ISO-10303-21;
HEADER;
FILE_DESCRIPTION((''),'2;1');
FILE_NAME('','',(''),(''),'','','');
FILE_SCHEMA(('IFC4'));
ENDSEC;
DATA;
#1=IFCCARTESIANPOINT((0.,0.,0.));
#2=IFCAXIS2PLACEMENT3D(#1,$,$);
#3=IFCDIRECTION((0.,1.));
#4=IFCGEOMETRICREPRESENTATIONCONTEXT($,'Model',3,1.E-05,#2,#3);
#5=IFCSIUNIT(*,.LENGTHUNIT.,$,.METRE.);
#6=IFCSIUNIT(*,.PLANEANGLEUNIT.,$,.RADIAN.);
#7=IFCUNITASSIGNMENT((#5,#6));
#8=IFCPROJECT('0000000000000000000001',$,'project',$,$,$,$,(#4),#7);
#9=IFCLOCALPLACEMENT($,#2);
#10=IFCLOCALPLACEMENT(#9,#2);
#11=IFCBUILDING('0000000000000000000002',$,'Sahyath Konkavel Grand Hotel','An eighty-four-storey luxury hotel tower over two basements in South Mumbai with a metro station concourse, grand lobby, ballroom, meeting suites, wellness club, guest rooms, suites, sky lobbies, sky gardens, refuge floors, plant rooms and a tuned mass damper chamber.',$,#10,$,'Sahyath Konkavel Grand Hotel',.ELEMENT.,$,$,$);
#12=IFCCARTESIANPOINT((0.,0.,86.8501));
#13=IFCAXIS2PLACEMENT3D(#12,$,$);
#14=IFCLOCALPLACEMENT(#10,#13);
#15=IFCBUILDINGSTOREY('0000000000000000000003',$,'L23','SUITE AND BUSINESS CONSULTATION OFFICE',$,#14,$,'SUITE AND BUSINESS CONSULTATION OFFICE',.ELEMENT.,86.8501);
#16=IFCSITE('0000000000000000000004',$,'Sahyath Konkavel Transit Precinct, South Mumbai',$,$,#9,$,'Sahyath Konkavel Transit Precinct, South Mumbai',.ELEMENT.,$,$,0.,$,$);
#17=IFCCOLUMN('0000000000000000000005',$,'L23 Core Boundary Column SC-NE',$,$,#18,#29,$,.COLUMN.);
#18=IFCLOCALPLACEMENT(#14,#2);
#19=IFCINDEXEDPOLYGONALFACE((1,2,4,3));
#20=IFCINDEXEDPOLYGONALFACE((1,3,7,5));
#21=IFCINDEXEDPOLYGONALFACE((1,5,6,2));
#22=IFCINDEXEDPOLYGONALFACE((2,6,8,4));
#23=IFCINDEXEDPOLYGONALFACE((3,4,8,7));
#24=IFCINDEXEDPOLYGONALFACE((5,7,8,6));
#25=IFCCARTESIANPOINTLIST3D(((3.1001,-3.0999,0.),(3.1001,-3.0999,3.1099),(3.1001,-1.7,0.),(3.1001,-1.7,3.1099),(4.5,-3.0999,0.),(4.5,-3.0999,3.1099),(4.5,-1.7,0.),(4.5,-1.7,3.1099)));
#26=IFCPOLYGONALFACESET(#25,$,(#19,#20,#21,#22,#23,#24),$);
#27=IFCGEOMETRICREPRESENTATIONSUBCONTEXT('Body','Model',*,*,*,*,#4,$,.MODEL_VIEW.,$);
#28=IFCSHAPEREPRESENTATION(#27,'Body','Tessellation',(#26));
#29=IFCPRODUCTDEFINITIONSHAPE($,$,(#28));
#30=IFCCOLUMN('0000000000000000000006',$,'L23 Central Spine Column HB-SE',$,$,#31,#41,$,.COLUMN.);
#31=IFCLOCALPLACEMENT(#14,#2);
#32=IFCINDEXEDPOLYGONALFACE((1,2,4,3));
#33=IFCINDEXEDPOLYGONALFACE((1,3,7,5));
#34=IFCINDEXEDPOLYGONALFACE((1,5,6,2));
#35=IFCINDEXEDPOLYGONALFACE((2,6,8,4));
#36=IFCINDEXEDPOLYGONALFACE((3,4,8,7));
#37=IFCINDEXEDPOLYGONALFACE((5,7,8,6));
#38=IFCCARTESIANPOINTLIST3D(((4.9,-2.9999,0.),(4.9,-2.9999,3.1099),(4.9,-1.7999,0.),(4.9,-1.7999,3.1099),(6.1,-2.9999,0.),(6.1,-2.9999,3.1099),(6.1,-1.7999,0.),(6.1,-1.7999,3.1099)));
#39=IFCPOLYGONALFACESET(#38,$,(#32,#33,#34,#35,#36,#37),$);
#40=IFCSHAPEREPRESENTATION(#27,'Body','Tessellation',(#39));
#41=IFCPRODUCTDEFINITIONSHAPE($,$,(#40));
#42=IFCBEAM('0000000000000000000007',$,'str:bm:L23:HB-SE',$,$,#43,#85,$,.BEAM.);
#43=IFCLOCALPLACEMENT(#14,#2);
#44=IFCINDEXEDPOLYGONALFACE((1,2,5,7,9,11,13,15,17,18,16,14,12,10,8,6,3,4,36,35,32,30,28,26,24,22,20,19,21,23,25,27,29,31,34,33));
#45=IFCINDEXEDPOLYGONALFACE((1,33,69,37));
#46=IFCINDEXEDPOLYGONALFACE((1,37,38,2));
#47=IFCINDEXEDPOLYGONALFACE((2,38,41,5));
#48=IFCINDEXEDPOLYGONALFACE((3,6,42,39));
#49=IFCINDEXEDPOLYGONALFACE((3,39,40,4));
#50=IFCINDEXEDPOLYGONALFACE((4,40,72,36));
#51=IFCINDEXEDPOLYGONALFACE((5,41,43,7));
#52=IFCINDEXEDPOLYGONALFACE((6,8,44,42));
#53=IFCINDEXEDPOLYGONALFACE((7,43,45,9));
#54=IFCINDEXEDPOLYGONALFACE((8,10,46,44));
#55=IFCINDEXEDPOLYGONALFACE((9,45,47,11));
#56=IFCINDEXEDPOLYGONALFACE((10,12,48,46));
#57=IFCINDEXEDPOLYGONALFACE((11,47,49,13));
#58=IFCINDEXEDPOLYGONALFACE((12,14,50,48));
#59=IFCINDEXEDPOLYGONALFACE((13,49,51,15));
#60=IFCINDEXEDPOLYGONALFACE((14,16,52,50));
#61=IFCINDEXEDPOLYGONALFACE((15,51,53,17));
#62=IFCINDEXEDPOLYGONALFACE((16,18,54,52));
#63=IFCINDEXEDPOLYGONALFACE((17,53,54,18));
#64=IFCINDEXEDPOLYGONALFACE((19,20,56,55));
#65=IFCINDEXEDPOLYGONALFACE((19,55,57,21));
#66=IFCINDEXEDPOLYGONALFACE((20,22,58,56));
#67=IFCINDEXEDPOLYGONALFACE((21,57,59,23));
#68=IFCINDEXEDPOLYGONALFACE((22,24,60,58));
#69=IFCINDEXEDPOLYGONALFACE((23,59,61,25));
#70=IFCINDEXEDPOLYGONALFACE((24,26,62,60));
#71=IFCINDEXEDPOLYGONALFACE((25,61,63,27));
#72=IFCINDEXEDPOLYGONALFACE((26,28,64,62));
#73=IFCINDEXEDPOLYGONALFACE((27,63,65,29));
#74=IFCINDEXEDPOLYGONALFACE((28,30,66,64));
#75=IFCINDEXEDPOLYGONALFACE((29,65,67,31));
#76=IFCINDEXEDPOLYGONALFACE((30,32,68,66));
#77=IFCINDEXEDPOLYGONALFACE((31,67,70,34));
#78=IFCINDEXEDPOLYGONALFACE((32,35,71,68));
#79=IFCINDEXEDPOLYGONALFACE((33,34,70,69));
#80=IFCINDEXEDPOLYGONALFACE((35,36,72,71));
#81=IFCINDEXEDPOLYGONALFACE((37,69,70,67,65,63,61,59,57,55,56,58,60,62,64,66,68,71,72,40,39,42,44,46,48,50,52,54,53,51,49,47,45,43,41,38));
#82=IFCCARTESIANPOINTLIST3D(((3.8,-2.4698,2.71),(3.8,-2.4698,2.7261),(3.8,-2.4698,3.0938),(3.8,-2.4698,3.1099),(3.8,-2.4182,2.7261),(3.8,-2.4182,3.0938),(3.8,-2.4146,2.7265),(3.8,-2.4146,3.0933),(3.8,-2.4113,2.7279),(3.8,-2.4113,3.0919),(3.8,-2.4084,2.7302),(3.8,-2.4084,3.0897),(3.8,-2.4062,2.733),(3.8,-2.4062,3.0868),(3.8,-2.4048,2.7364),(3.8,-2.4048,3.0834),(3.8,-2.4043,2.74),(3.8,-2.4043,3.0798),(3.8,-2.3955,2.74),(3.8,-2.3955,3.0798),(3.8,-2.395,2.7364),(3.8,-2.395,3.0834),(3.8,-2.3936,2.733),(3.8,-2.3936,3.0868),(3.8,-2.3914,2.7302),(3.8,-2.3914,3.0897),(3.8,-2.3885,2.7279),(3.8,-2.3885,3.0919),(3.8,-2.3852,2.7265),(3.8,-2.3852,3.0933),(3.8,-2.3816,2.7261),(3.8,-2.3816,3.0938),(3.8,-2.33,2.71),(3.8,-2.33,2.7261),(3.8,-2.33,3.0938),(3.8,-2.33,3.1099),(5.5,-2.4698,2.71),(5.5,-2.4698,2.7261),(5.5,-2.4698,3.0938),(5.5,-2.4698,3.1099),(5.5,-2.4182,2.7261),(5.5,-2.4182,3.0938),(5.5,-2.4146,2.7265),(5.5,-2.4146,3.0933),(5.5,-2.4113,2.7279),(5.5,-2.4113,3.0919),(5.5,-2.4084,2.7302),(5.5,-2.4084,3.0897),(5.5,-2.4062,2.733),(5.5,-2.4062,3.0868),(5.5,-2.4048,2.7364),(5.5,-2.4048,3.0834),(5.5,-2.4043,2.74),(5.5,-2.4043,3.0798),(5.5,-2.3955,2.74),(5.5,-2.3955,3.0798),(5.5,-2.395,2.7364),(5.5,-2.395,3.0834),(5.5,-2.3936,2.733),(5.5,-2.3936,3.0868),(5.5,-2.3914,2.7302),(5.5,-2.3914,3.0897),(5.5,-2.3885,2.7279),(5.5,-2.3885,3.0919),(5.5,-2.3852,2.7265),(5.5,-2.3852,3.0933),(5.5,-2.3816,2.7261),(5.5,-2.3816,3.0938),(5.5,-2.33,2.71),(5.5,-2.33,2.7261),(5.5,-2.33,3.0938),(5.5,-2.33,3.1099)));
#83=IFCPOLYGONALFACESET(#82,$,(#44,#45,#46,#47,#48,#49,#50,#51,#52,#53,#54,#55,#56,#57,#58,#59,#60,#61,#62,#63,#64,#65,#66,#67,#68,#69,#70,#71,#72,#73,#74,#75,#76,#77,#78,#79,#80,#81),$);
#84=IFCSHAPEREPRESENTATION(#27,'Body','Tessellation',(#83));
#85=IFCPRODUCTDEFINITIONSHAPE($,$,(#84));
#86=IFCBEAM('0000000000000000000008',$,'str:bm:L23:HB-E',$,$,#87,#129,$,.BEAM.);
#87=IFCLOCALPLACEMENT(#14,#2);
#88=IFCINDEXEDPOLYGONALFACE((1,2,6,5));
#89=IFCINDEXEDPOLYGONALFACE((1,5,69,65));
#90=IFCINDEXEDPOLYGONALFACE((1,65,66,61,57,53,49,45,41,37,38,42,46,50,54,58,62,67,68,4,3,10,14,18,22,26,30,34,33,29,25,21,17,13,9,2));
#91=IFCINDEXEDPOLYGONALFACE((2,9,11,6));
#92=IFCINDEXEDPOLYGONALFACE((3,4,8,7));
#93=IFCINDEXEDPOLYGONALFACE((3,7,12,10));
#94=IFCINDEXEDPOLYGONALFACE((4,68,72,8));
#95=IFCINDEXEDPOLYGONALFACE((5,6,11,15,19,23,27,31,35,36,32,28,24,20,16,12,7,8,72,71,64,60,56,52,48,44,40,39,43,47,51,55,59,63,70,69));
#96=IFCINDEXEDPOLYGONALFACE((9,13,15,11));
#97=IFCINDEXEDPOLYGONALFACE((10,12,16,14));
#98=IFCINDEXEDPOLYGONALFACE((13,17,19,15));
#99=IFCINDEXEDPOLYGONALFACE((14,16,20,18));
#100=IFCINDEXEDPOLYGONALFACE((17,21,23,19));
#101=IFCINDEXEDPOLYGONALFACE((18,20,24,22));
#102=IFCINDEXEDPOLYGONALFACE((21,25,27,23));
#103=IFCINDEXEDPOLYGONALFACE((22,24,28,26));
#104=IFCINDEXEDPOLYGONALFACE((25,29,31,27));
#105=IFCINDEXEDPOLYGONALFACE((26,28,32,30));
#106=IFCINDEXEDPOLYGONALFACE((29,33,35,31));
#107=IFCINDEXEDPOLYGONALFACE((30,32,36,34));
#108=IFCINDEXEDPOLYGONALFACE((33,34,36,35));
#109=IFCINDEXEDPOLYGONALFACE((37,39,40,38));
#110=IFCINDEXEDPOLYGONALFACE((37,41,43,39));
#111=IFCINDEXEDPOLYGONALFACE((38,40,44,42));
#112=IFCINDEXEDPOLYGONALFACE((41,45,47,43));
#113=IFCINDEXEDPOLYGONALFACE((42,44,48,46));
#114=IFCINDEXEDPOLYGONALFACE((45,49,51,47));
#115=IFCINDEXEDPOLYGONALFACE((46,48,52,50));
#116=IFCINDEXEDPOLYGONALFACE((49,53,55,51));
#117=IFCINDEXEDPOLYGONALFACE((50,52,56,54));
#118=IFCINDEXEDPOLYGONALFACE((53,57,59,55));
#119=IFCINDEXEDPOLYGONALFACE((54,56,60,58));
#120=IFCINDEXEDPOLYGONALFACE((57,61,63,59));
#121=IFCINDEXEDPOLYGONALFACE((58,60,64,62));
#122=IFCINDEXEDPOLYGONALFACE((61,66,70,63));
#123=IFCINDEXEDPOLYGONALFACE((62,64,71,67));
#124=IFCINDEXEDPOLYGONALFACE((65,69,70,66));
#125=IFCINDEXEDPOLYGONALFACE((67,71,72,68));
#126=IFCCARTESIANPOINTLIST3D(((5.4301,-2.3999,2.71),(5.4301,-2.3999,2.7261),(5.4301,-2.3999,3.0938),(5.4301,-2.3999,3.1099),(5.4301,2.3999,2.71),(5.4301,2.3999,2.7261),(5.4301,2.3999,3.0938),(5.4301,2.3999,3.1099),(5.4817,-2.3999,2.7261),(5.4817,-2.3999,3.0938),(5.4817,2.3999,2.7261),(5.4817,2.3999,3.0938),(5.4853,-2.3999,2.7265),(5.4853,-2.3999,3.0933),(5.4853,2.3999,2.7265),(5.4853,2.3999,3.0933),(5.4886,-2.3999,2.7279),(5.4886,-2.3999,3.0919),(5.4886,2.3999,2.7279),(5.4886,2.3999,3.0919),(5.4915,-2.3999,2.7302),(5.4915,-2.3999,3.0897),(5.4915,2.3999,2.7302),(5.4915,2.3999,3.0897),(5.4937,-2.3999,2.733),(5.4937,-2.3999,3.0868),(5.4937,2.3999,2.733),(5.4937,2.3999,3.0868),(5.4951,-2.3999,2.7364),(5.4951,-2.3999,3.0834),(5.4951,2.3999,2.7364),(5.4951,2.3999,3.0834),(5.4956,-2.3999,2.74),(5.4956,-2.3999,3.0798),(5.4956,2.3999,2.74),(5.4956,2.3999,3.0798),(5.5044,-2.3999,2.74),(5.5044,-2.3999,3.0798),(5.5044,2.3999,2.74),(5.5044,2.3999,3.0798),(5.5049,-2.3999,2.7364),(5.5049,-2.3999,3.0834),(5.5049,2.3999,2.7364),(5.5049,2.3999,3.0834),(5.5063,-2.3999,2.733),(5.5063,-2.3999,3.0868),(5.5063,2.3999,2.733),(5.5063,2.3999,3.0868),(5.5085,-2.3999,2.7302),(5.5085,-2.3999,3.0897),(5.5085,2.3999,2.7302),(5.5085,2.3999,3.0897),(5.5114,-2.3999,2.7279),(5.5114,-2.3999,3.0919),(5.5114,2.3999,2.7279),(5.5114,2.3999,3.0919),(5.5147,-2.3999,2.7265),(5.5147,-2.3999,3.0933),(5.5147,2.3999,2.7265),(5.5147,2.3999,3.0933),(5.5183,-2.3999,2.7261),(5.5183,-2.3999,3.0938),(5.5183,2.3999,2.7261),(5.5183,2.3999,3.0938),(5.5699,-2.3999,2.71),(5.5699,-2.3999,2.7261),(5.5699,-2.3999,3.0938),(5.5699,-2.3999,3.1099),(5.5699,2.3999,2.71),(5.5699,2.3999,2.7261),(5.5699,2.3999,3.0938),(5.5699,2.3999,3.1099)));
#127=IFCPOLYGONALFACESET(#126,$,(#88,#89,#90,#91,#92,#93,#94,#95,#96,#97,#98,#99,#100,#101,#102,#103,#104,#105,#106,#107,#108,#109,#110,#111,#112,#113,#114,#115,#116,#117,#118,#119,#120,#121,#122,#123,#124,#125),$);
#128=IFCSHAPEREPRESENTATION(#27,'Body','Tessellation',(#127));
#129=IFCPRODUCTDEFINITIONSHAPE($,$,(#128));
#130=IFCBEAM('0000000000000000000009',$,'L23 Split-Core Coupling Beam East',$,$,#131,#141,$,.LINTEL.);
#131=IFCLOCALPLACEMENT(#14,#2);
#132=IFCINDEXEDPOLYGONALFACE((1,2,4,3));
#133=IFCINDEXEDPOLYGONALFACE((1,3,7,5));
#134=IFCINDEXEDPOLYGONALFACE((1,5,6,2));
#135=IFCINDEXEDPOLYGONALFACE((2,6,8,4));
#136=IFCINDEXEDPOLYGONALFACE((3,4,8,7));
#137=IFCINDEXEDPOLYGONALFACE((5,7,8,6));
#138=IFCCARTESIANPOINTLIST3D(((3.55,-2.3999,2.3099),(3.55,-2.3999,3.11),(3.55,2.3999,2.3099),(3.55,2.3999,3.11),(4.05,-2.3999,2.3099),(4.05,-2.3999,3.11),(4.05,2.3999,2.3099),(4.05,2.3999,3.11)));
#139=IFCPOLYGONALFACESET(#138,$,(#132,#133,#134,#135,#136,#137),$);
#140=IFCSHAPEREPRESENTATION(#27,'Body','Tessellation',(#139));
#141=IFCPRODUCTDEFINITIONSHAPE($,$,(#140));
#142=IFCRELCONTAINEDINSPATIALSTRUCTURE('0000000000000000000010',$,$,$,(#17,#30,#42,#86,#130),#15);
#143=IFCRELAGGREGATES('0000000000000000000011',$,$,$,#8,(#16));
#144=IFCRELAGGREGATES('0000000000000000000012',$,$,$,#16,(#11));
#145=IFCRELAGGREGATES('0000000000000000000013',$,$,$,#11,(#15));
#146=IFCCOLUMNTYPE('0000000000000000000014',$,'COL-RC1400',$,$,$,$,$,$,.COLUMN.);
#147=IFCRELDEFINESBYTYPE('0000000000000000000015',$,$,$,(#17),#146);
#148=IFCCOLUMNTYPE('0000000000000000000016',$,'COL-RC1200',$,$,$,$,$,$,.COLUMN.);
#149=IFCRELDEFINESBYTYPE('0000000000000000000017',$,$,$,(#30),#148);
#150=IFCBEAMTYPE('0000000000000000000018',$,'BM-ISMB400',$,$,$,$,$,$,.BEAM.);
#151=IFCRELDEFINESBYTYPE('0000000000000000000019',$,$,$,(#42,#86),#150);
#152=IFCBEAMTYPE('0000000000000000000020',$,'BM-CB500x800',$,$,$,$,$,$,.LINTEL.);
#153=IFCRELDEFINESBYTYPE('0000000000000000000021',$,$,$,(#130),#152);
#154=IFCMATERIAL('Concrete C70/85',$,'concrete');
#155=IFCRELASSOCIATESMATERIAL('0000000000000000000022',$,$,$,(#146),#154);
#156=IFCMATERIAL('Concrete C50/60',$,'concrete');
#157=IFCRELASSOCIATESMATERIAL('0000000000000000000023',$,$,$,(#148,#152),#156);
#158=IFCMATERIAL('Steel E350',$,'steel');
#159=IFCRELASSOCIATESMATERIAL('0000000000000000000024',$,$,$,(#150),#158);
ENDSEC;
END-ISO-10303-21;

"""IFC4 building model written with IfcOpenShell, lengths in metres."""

from ifc_helpers import new_model, si_unit, direction, frame, origin, origin_2d, place, context, subcontext, project, spatial, rectangle, i_section, extrude, source, transform, mapped, material, material_profile, profile_set, type_object, element, save


model = new_model("IFC4")

# Units and contexts
model_context = context("Model", 3, precision=1e-05, world=origin(), true_north=direction((0.0, 1.0)))
body_context = subcontext(model_context, "Body", "Model", "MODEL_VIEW")
ifc_project = project(units=[si_unit("LENGTHUNIT", "METRE"), si_unit("PLANEANGLEUNIT", "RADIAN")], contexts=[model_context])

# Site, building, storey
site_placement = place(None, origin())
site = spatial("IfcSite", under=ifc_project, at=site_placement, Name="Sahyath Konkavel Transit Precinct, South Mumbai", LongName="Sahyath Konkavel Transit Precinct, South Mumbai", CompositionType="ELEMENT", RefElevation=0.0)
building_placement = place(site_placement, origin())
building = spatial("IfcBuilding", under=site, at=building_placement, Name="Sahyath Konkavel Grand Hotel", Description="An eighty-four-storey luxury hotel tower over two basements in South Mumbai with a metro station concourse, grand lobby, ballroom, meeting suites, wellness club, guest rooms, suites, sky lobbies, sky gardens, refuge floors, plant rooms and a tuned mass damper chamber.", LongName="Sahyath Konkavel Grand Hotel", CompositionType="ELEMENT")
storey_placement = place(building_placement, frame((0.0, 0.0, 86.8501)))
storey = spatial("IfcBuildingStorey", under=building, at=storey_placement, Name="L23", Description="SUITE AND BUSINESS CONSULTATION OFFICE", LongName="SUITE AND BUSINESS CONSULTATION OFFICE", CompositionType="ELEMENT", Elevation=86.8501)

# Columns
ifc_material_1 = material(Name="Concrete C70/85", Category="concrete")
ifc_material_profile_1 = material_profile(ifc_material_1, rectangle(XDim=1.3999, YDim=1.3999, at=origin_2d()), Name="RC 1400x1400")
ifc_profile_set_1 = profile_set([ifc_material_profile_1], Name="Concrete C70/85")
column_type_1 = type_object("IfcColumnType", Name="COL-RC1400", PredefinedType="COLUMN", material=ifc_profile_set_1)
shared_shape_1 = source(origin(), body_context, "Body", "SweptSolid", [
    extrude(rectangle(XDim=1.3999, YDim=1.3999, at=origin_2d()), origin(), (0.0, 0.0, 1.0), 3.1099),
])
column_1_placement = place(storey_placement, frame((3.8, -2.3999, 0.0), z_axis=(0.0, 0.0, 1.0), x_axis=(1.0, 0.0, 0.0)))
element("IfcColumn", 1, at=column_1_placement, inside=storey, type_object=column_type_1, Name="L23 Core Boundary Column SC-NE", PredefinedType="COLUMN", context=body_context, shape_type="MappedRepresentation", body=[
    mapped(shared_shape_1, transform((0.0, 0.0, 0.0), scale=1.0)),
])
ifc_material_2 = material(Name="Concrete C50/60", Category="concrete")
ifc_material_profile_2 = material_profile(ifc_material_2, rectangle(XDim=1.2, YDim=1.2, at=origin_2d()), Name="RC 1200x1200")
ifc_profile_set_2 = profile_set([ifc_material_profile_2], Name="Concrete C50/60")
column_type_2 = type_object("IfcColumnType", Name="COL-RC1200", PredefinedType="COLUMN", material=ifc_profile_set_2)
shared_shape_2 = source(origin(), body_context, "Body", "SweptSolid", [
    extrude(rectangle(XDim=1.2, YDim=1.2, at=origin_2d()), origin(), (0.0, 0.0, 1.0), 3.1099),
])
column_2_placement = place(storey_placement, frame((5.5, -2.3999, 0.0), z_axis=(0.0, 0.0, 1.0), x_axis=(1.0, 0.0, 0.0)))
element("IfcColumn", 2, at=column_2_placement, inside=storey, type_object=column_type_2, Name="L23 Central Spine Column HB-SE", PredefinedType="COLUMN", context=body_context, shape_type="MappedRepresentation", body=[
    mapped(shared_shape_2, transform((0.0, 0.0, 0.0), scale=1.0)),
])

# Beams
ifc_material_3 = material(Name="Steel E350", Category="steel")
ifc_material_profile_3 = material_profile(ifc_material_3, i_section(OverallWidth=0.1399, OverallDepth=0.3999, WebThickness=0.0088, FlangeThickness=0.0161, FilletRadius=0.0139, at=origin_2d()), Name="ISMB 400")
ifc_profile_set_3 = profile_set([ifc_material_profile_3], Name="Steel E350")
beam_type_1 = type_object("IfcBeamType", Name="BM-ISMB400", PredefinedType="BEAM", material=ifc_profile_set_3)
shared_shape_3 = source(origin(), body_context, "Body", "SweptSolid", [
    extrude(i_section(OverallWidth=0.1399, OverallDepth=0.3999, WebThickness=0.0088, FlangeThickness=0.0161, FilletRadius=0.0139, at=origin_2d()), origin(), (0.0, 0.0, 1.0), 1.7),
])
beam_1_placement = place(storey_placement, frame((3.8, -2.3999, 2.9099), z_axis=(1.0, 0.0, 0.0), x_axis=(0.0, 1.0, 0.0)))
element("IfcBeam", 3, at=beam_1_placement, inside=storey, type_object=beam_type_1, Name="str:bm:L23:HB-SE", PredefinedType="BEAM", context=body_context, shape_type="MappedRepresentation", body=[
    mapped(shared_shape_3, transform((0.0, 0.0, 0.0), scale=1.0)),
])
shared_shape_4 = source(origin(), body_context, "Body", "SweptSolid", [
    extrude(i_section(OverallWidth=0.1399, OverallDepth=0.3999, WebThickness=0.0088, FlangeThickness=0.0161, FilletRadius=0.0139, at=origin_2d()), origin(), (0.0, 0.0, 1.0), 4.7998),
])
beam_2_placement = place(storey_placement, frame((5.5, -2.3999, 2.9099), z_axis=(0.0, 1.0, 0.0), x_axis=(-1.0, 0.0, 0.0)))
element("IfcBeam", 4, at=beam_2_placement, inside=storey, type_object=beam_type_1, Name="str:bm:L23:HB-E", PredefinedType="BEAM", context=body_context, shape_type="MappedRepresentation", body=[
    mapped(shared_shape_4, transform((0.0, 0.0, 0.0), scale=1.0)),
])
ifc_material_profile_4 = material_profile(ifc_material_2, rectangle(XDim=0.5, YDim=0.8, at=origin_2d()), Name="RC 500x800")
ifc_profile_set_4 = profile_set([ifc_material_profile_4], Name="Concrete C50/60")
beam_type_2 = type_object("IfcBeamType", Name="BM-CB500x800", PredefinedType="LINTEL", material=ifc_profile_set_4)
shared_shape_5 = source(origin(), body_context, "Body", "SweptSolid", [
    extrude(rectangle(XDim=0.5, YDim=0.8, at=origin_2d()), origin(), (0.0, 0.0, 1.0), 4.7998),
])
beam_3_placement = place(storey_placement, frame((3.8, -2.3999, 2.71), z_axis=(0.0, 1.0, 0.0), x_axis=(-1.0, 0.0, 0.0)))
element("IfcBeam", 5, at=beam_3_placement, inside=storey, type_object=beam_type_2, Name="L23 Split-Core Coupling Beam East", PredefinedType="LINTEL", context=body_context, shape_type="MappedRepresentation", body=[
    mapped(shared_shape_5, transform((0.0, 0.0, 0.0), scale=1.0)),
])

save(model, "model.ifc")
